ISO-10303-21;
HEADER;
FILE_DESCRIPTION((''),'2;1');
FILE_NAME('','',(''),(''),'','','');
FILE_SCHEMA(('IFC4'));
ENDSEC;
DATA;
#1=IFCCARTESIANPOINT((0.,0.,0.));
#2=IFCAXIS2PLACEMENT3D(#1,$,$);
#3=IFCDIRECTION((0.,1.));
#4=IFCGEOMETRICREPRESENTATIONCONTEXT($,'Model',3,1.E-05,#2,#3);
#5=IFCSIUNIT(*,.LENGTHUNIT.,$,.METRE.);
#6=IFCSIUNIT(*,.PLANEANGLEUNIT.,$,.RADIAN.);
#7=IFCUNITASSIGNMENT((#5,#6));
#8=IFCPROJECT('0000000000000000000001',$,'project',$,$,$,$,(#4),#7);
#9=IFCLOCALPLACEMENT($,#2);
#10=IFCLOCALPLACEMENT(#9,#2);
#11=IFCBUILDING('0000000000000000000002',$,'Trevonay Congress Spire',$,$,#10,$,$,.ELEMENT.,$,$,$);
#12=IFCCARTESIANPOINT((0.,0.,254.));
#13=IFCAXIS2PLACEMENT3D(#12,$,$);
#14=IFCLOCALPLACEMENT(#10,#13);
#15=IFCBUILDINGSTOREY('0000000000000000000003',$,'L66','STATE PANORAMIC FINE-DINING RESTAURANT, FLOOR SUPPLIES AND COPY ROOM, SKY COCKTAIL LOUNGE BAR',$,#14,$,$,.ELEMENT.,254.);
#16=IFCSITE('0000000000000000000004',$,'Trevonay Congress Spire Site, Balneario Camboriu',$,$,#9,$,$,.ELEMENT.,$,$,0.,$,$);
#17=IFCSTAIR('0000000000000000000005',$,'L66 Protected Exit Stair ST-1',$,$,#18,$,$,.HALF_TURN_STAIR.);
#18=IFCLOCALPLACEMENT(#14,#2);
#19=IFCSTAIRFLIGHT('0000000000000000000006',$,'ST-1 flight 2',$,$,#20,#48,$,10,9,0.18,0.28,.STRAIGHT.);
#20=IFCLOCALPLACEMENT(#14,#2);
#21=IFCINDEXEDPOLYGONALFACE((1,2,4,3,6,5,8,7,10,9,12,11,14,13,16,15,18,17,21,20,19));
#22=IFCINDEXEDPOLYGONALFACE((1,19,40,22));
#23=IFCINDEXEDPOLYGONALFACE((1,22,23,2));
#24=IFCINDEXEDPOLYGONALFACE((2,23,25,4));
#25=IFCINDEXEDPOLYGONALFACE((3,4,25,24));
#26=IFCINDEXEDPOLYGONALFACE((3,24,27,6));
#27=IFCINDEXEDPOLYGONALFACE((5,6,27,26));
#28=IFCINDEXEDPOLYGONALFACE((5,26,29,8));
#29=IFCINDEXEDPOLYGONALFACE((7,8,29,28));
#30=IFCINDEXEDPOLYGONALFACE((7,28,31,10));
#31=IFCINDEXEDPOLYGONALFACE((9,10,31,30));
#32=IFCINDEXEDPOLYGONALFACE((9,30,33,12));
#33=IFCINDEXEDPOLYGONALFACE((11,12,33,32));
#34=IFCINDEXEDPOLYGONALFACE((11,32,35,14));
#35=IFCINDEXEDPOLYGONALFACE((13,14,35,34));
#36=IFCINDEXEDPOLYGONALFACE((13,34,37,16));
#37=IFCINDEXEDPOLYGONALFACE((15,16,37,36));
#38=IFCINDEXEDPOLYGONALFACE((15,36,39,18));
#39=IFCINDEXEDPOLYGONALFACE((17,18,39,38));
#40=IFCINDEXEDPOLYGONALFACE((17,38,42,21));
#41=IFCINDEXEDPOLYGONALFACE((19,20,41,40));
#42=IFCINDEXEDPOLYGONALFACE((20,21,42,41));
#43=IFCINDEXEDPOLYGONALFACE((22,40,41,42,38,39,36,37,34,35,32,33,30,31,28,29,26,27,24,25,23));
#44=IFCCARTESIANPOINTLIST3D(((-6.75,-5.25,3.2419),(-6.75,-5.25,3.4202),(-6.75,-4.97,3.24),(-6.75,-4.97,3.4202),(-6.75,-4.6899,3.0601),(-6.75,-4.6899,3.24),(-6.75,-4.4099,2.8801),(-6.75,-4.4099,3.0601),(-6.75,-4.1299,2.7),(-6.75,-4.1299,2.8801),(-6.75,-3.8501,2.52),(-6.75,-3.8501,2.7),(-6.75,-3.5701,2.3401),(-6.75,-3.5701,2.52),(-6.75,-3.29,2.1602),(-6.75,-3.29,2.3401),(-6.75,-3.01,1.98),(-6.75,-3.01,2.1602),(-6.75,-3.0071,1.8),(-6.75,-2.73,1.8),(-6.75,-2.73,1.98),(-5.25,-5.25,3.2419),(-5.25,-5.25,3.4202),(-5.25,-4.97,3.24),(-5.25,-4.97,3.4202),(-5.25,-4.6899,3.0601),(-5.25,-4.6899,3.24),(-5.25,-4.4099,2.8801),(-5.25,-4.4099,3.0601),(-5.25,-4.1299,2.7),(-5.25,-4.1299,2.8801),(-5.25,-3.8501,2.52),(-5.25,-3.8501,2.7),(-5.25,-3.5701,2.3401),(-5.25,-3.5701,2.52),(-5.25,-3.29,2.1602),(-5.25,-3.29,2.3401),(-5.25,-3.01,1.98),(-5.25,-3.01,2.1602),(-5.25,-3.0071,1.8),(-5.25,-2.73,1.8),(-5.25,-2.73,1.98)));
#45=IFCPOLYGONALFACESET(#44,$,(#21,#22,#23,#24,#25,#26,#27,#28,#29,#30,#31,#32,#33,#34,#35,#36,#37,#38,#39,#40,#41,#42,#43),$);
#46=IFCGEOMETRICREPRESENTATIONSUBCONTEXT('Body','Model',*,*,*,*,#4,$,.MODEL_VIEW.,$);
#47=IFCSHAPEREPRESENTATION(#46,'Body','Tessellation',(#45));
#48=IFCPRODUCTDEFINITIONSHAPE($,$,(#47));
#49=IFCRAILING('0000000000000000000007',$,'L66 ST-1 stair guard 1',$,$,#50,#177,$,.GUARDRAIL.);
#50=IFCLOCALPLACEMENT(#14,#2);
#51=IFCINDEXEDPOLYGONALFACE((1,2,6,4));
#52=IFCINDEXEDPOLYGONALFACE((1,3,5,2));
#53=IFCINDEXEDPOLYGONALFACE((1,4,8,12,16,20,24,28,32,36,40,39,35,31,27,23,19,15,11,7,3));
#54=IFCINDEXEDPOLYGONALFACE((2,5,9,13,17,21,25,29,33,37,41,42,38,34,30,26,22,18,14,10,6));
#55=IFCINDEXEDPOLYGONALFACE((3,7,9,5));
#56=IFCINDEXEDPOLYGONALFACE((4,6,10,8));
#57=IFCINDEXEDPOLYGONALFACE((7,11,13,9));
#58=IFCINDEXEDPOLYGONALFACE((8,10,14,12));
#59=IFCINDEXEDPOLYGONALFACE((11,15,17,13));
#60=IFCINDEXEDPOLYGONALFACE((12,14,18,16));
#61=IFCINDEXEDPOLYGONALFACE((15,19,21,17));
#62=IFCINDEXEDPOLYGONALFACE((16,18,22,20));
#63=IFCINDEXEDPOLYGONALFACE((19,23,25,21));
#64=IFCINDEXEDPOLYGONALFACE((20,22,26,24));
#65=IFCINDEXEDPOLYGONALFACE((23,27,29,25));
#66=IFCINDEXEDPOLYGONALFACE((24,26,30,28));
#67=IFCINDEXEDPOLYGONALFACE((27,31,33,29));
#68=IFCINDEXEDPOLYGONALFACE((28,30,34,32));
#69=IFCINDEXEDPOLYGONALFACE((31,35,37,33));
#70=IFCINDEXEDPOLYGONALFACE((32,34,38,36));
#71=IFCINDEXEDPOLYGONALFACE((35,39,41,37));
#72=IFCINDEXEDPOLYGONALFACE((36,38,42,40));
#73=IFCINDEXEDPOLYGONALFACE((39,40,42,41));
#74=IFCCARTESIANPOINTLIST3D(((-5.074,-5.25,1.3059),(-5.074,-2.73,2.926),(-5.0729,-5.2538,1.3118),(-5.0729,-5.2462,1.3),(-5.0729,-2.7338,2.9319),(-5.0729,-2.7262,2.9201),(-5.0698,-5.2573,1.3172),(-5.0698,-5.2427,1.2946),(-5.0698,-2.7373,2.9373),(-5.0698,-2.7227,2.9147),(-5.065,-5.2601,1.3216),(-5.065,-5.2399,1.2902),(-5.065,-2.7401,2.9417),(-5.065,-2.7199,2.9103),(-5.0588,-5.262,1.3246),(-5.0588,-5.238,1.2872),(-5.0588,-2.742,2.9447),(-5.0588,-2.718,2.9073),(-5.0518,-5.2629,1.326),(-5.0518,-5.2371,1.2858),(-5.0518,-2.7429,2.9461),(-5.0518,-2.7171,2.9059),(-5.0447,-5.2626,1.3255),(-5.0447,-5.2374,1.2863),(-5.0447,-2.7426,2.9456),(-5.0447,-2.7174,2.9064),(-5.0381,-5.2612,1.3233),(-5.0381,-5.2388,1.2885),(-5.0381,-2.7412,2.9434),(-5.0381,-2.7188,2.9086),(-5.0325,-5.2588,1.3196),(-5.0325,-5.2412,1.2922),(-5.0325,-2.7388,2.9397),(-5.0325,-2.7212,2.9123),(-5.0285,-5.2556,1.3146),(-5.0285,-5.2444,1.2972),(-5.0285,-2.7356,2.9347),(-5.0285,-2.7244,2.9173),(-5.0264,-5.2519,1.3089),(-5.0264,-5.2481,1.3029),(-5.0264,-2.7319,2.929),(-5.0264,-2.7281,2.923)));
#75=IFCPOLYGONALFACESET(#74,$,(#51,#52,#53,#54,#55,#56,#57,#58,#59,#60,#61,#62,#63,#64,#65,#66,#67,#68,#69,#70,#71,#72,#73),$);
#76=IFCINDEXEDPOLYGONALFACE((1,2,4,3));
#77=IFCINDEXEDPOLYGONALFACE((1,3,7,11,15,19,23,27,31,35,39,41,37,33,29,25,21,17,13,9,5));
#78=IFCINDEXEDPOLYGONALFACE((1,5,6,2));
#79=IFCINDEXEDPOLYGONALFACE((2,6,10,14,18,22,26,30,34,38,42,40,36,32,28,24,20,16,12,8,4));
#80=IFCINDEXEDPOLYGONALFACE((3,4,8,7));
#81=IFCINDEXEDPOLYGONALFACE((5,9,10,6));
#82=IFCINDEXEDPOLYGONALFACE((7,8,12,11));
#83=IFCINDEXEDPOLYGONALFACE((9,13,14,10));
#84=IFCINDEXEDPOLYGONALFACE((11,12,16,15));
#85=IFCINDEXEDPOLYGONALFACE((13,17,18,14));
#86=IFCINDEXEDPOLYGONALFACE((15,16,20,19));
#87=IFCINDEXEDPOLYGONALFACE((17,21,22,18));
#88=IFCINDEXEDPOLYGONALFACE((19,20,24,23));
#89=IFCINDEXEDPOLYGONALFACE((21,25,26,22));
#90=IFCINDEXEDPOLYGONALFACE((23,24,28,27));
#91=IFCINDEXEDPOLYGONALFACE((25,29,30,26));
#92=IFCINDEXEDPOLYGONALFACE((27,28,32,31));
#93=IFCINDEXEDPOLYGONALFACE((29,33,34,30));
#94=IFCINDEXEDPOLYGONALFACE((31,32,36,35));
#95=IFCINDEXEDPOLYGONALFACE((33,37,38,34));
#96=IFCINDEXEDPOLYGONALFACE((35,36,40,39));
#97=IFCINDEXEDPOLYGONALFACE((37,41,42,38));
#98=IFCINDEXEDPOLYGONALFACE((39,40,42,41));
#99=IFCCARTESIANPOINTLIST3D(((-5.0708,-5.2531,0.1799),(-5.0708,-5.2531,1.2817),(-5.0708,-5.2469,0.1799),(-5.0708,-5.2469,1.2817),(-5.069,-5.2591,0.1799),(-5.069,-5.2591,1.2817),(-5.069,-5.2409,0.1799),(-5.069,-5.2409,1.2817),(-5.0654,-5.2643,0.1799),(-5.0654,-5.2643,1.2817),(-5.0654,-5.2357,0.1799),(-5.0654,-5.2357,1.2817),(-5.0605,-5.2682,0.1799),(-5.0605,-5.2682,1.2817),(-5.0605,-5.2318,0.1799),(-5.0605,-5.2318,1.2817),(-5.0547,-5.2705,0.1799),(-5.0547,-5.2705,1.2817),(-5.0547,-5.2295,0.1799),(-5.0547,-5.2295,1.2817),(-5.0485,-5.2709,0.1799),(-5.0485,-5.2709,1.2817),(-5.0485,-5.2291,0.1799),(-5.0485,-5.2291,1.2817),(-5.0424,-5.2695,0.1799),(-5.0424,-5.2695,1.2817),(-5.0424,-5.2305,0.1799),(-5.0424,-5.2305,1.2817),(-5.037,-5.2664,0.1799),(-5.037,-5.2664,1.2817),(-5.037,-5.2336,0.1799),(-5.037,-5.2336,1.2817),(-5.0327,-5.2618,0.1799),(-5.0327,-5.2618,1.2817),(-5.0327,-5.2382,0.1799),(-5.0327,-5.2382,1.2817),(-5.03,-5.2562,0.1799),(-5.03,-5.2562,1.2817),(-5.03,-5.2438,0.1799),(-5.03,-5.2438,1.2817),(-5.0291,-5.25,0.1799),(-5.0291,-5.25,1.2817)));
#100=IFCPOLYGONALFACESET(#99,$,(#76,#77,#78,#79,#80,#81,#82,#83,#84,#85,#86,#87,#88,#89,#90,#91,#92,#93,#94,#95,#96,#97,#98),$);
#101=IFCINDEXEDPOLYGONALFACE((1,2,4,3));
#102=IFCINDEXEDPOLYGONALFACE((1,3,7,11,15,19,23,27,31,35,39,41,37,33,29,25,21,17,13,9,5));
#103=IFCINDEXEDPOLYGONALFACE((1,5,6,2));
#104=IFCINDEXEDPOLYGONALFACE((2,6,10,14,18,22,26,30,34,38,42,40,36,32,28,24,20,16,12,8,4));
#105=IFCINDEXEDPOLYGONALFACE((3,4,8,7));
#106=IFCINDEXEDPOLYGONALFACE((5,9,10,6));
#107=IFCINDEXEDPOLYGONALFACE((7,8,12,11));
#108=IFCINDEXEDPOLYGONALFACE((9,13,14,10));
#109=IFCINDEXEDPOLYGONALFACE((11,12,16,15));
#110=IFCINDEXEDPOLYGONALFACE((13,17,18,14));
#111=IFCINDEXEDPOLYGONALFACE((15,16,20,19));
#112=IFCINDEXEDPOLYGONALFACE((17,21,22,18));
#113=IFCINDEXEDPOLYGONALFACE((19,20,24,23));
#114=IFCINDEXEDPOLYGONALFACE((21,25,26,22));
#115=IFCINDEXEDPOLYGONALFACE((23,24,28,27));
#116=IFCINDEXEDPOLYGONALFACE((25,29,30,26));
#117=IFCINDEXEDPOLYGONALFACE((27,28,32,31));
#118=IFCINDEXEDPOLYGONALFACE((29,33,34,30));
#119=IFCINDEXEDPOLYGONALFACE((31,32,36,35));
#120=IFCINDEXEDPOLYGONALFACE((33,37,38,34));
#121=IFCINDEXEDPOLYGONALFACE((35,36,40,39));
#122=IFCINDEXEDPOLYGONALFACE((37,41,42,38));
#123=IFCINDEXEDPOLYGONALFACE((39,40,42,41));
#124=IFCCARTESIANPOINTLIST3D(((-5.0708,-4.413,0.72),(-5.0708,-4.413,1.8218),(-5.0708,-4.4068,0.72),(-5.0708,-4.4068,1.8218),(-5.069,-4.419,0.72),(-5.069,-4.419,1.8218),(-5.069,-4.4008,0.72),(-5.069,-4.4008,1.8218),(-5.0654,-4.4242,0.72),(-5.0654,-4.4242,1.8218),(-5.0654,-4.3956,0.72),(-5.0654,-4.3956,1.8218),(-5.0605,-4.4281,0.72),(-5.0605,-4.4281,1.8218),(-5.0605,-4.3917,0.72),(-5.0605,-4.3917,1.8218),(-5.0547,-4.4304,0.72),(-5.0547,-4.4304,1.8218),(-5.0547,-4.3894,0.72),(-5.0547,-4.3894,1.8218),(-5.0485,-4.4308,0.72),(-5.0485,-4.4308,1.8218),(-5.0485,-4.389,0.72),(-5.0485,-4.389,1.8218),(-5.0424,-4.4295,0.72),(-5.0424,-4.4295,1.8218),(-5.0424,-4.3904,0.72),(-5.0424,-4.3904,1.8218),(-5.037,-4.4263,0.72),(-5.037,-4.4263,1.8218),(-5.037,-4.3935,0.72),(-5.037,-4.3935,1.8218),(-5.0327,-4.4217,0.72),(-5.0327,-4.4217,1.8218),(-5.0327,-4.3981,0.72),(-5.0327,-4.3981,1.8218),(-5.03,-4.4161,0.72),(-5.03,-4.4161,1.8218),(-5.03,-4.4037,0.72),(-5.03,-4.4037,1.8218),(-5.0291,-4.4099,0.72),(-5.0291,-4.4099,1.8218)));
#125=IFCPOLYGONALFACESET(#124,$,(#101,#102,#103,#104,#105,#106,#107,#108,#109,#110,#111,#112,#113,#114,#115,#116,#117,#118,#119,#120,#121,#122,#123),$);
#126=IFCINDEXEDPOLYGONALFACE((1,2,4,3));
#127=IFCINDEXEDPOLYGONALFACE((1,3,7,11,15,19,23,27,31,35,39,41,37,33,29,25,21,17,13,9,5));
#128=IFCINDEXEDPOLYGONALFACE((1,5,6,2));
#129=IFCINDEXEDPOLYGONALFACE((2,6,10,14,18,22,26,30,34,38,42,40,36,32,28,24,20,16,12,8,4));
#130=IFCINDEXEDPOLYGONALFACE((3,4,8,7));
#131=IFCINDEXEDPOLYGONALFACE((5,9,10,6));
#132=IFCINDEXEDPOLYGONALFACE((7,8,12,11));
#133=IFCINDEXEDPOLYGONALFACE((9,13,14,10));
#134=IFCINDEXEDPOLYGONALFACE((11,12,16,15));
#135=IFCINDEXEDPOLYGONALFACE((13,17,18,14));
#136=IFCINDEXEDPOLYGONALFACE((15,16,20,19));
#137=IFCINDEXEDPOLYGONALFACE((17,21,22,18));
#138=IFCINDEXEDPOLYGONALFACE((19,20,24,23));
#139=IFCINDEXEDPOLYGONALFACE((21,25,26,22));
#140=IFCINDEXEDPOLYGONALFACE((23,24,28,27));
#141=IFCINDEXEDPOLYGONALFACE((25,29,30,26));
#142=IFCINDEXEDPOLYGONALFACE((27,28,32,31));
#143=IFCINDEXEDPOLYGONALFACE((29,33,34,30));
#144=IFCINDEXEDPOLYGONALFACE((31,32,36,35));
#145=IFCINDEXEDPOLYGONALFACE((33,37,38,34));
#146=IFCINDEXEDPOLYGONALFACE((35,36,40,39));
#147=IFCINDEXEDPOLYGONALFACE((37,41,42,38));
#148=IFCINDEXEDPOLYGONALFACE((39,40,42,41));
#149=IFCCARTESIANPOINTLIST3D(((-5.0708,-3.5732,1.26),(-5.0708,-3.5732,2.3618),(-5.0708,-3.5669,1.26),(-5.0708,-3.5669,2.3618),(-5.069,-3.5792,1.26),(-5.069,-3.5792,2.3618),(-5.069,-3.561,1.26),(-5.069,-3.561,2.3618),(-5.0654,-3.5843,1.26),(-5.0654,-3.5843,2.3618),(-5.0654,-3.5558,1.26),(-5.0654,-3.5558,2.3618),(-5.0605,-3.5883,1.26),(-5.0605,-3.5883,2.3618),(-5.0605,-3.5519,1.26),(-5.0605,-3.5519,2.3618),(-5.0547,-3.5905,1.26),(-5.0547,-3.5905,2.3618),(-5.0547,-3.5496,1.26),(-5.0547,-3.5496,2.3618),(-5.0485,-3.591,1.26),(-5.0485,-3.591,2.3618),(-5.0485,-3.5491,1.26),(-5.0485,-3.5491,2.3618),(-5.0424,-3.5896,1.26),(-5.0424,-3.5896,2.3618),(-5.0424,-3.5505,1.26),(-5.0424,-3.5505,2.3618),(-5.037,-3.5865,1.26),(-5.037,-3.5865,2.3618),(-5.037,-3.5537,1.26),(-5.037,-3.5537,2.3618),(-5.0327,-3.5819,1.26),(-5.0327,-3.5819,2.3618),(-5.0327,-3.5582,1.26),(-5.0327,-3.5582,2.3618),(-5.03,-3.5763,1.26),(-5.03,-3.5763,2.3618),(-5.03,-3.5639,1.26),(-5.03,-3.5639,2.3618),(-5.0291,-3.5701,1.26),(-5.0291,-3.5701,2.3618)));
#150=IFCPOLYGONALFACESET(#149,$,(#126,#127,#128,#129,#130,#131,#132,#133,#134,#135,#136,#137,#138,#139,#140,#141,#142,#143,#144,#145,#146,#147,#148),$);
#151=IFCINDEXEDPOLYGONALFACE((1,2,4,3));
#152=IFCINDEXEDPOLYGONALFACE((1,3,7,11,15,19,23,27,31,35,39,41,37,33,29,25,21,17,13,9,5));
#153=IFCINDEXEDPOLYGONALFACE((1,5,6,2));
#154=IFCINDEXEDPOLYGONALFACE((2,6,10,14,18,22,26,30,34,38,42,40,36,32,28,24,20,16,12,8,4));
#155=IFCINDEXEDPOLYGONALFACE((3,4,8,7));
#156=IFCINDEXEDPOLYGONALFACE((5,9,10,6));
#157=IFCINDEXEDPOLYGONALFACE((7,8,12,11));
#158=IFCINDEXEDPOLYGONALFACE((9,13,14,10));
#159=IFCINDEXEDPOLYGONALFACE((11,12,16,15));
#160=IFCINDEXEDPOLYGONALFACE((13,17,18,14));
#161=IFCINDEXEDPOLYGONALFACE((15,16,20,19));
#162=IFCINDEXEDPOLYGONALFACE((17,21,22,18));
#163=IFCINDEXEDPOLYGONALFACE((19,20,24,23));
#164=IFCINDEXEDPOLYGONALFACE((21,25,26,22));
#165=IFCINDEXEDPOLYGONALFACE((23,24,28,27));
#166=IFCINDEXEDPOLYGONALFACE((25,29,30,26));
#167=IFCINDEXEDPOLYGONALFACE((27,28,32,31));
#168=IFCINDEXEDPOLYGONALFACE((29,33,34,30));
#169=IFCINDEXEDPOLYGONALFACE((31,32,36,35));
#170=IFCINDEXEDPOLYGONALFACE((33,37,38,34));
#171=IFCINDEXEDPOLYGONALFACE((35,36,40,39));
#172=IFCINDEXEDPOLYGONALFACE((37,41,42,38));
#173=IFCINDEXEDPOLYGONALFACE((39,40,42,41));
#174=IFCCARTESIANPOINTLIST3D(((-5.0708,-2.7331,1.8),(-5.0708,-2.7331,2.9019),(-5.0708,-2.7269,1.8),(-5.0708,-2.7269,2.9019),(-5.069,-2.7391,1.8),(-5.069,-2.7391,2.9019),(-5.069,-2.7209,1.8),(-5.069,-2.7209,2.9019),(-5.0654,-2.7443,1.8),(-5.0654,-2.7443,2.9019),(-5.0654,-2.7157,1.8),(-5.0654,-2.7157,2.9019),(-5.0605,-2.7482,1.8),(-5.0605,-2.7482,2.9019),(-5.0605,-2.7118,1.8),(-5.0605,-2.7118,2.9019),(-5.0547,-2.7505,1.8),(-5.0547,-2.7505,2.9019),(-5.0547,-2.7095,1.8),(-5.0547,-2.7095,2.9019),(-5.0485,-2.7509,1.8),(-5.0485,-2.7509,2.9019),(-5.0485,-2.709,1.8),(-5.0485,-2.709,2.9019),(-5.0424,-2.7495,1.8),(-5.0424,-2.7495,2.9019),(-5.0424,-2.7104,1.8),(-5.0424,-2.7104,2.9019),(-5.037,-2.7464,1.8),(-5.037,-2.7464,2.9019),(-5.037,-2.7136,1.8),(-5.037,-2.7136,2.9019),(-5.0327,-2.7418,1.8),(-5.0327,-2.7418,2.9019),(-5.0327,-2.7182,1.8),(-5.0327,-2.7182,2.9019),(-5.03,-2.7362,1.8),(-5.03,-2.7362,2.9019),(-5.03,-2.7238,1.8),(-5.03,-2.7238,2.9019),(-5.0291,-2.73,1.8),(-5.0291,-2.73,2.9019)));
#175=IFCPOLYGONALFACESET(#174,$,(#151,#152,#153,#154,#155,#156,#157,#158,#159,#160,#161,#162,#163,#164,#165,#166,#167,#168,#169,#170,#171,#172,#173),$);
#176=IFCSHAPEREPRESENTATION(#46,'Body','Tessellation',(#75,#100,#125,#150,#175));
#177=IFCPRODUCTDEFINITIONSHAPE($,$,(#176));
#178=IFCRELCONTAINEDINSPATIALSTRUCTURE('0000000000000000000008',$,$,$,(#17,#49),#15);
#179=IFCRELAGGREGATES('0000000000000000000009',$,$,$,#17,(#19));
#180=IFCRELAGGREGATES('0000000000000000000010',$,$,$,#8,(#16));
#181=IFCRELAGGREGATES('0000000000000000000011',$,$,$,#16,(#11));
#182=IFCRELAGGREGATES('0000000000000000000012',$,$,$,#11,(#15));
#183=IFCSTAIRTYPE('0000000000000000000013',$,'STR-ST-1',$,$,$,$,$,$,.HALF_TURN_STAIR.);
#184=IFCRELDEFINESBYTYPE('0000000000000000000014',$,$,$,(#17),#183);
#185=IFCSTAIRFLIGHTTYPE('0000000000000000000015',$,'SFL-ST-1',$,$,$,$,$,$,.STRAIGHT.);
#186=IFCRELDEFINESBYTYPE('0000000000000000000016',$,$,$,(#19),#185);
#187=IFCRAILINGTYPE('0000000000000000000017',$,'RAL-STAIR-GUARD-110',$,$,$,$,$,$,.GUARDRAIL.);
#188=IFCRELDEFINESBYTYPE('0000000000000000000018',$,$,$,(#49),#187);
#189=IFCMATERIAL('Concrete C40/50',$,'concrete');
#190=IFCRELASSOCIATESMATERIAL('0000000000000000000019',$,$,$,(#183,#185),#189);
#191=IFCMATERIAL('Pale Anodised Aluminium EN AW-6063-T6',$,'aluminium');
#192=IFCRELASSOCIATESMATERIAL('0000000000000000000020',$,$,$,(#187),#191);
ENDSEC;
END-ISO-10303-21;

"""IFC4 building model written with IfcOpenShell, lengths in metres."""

from ifc_helpers import new_model, si_unit, direction, frame, origin, origin_2d, place, context, subcontext, project, spatial, polyline, circle, outline, extrude, material, type_object, element, aggregate, save


model = new_model("IFC4")

# Units and contexts
model_context = context("Model", 3, precision=1e-05, world=origin(), true_north=direction((0.0, 1.0)))
body_context = subcontext(model_context, "Body", "Model", "MODEL_VIEW")
ifc_project = project(units=[si_unit("LENGTHUNIT", "METRE"), si_unit("PLANEANGLEUNIT", "RADIAN")], contexts=[model_context])

# Site, building, storey
site_placement = place(None, origin())
site = spatial("IfcSite", under=ifc_project, at=site_placement, Name="Trevonay Congress Spire Site, Balneario Camboriu", CompositionType="ELEMENT", RefElevation=0.0)
building_placement = place(site_placement, origin())
building = spatial("IfcBuilding", under=site, at=building_placement, Name="Trevonay Congress Spire", CompositionType="ELEMENT")
storey_placement = place(building_placement, frame((0.0, 0.0, 254.0)))
storey = spatial("IfcBuildingStorey", under=building, at=storey_placement, Name="L66", Description="STATE PANORAMIC FINE-DINING RESTAURANT, FLOOR SUPPLIES AND COPY ROOM, SKY COCKTAIL LOUNGE BAR", CompositionType="ELEMENT", Elevation=254.0)

# Shared definitions
ifc_material_1 = material(Name="Concrete C40/50", Category="concrete")

# Stair, stair flight
stair_type = type_object("IfcStairType", Name="STR-ST-1", PredefinedType="HALF_TURN_STAIR", material=ifc_material_1)
stair_placement = place(storey_placement, origin())
stair = element("IfcStair", 1, at=stair_placement, inside=storey, type_object=stair_type, Name="L66 Protected Exit Stair ST-1", PredefinedType="HALF_TURN_STAIR")
stair_flight_type = type_object("IfcStairFlightType", Name="SFL-ST-1", PredefinedType="STRAIGHT", material=ifc_material_1)
stair_flight_1_placement = place(storey_placement, frame((-6.0, -2.73, 1.8), z_axis=(0.0, 0.0, 1.0), x_axis=(0.0, -1.0, 0.0)))
stair_flight_1 = element("IfcStairFlight", 2, at=stair_flight_1_placement, type_object=stair_flight_type, Name="ST-1 flight 2", NumberOfRisers=10, NumberOfTreads=9, PredefinedType="STRAIGHT", RiserHeight=0.18, TreadLength=0.28, context=body_context, shape_type="SweptSolid", body=[
    extrude(outline(polyline([(0.0, 0.0), (0.0, 0.1799), (0.28, 0.1799), (0.28, 0.3601), (0.5601, 0.3601), (0.5601, 0.54), (0.8401, 0.54), (0.8401, 0.72), (1.1201, 0.72), (1.1201, 0.8999), (1.3999, 0.8999), (1.3999, 1.0801), (1.6799, 1.0801), (1.6799, 1.26), (1.96, 1.26), (1.96, 1.4399), (2.24, 1.4399), (2.24, 1.6201), (2.52, 1.6201), (2.52, 1.8), (2.52, 1.4419), (0.2771, 0.0), (0.0, 0.0)])), frame((0.0, 0.75, 0.0), z_axis=(0.0, -1.0, 0.0), x_axis=(1.0, 0.0, 0.0)), (0.0, 0.0, 1.0), 1.5),
])
aggregate(stair, [stair_flight_1])

# Railing
ifc_material_2 = material(Name="Pale Anodised Aluminium EN AW-6063-T6", Category="aluminium")
railing_type_1 = type_object("IfcRailingType", Name="RAL-STAIR-GUARD-110", PredefinedType="GUARDRAIL", material=ifc_material_2)
railing_1_placement = place(storey_placement, frame((-5.05, -5.25, 0.1799)))
element("IfcRailing", 3, at=railing_1_placement, inside=storey, type_object=railing_type_1, Name="L66 ST-1 stair guard 1", PredefinedType="GUARDRAIL", context=body_context, shape_type="SweptSolid", body=[
    extrude(circle(Radius=0.0239, at=origin_2d()), frame((0.0, 0.0, 1.126), z_axis=(0.0, 0.841163, 0.540782), x_axis=(-1.0, 0.0, 0.0)), (0.0, 0.0, 1.0), 2.9958),
    extrude(circle(Radius=0.021, at=origin_2d()), origin(), (0.0, 0.0, 1.0), 1.1018),
    extrude(circle(Radius=0.021, at=origin_2d()), frame((0.0, 0.8401, 0.54)), (0.0, 0.0, 1.0), 1.1018),
    extrude(circle(Radius=0.021, at=origin_2d()), frame((0.0, 1.6799, 1.0801)), (0.0, 0.0, 1.0), 1.1018),
    extrude(circle(Radius=0.021, at=origin_2d()), frame((0.0, 2.52, 1.6201)), (0.0, 0.0, 1.0), 1.1018),
])

save(model, "model.ifc")
